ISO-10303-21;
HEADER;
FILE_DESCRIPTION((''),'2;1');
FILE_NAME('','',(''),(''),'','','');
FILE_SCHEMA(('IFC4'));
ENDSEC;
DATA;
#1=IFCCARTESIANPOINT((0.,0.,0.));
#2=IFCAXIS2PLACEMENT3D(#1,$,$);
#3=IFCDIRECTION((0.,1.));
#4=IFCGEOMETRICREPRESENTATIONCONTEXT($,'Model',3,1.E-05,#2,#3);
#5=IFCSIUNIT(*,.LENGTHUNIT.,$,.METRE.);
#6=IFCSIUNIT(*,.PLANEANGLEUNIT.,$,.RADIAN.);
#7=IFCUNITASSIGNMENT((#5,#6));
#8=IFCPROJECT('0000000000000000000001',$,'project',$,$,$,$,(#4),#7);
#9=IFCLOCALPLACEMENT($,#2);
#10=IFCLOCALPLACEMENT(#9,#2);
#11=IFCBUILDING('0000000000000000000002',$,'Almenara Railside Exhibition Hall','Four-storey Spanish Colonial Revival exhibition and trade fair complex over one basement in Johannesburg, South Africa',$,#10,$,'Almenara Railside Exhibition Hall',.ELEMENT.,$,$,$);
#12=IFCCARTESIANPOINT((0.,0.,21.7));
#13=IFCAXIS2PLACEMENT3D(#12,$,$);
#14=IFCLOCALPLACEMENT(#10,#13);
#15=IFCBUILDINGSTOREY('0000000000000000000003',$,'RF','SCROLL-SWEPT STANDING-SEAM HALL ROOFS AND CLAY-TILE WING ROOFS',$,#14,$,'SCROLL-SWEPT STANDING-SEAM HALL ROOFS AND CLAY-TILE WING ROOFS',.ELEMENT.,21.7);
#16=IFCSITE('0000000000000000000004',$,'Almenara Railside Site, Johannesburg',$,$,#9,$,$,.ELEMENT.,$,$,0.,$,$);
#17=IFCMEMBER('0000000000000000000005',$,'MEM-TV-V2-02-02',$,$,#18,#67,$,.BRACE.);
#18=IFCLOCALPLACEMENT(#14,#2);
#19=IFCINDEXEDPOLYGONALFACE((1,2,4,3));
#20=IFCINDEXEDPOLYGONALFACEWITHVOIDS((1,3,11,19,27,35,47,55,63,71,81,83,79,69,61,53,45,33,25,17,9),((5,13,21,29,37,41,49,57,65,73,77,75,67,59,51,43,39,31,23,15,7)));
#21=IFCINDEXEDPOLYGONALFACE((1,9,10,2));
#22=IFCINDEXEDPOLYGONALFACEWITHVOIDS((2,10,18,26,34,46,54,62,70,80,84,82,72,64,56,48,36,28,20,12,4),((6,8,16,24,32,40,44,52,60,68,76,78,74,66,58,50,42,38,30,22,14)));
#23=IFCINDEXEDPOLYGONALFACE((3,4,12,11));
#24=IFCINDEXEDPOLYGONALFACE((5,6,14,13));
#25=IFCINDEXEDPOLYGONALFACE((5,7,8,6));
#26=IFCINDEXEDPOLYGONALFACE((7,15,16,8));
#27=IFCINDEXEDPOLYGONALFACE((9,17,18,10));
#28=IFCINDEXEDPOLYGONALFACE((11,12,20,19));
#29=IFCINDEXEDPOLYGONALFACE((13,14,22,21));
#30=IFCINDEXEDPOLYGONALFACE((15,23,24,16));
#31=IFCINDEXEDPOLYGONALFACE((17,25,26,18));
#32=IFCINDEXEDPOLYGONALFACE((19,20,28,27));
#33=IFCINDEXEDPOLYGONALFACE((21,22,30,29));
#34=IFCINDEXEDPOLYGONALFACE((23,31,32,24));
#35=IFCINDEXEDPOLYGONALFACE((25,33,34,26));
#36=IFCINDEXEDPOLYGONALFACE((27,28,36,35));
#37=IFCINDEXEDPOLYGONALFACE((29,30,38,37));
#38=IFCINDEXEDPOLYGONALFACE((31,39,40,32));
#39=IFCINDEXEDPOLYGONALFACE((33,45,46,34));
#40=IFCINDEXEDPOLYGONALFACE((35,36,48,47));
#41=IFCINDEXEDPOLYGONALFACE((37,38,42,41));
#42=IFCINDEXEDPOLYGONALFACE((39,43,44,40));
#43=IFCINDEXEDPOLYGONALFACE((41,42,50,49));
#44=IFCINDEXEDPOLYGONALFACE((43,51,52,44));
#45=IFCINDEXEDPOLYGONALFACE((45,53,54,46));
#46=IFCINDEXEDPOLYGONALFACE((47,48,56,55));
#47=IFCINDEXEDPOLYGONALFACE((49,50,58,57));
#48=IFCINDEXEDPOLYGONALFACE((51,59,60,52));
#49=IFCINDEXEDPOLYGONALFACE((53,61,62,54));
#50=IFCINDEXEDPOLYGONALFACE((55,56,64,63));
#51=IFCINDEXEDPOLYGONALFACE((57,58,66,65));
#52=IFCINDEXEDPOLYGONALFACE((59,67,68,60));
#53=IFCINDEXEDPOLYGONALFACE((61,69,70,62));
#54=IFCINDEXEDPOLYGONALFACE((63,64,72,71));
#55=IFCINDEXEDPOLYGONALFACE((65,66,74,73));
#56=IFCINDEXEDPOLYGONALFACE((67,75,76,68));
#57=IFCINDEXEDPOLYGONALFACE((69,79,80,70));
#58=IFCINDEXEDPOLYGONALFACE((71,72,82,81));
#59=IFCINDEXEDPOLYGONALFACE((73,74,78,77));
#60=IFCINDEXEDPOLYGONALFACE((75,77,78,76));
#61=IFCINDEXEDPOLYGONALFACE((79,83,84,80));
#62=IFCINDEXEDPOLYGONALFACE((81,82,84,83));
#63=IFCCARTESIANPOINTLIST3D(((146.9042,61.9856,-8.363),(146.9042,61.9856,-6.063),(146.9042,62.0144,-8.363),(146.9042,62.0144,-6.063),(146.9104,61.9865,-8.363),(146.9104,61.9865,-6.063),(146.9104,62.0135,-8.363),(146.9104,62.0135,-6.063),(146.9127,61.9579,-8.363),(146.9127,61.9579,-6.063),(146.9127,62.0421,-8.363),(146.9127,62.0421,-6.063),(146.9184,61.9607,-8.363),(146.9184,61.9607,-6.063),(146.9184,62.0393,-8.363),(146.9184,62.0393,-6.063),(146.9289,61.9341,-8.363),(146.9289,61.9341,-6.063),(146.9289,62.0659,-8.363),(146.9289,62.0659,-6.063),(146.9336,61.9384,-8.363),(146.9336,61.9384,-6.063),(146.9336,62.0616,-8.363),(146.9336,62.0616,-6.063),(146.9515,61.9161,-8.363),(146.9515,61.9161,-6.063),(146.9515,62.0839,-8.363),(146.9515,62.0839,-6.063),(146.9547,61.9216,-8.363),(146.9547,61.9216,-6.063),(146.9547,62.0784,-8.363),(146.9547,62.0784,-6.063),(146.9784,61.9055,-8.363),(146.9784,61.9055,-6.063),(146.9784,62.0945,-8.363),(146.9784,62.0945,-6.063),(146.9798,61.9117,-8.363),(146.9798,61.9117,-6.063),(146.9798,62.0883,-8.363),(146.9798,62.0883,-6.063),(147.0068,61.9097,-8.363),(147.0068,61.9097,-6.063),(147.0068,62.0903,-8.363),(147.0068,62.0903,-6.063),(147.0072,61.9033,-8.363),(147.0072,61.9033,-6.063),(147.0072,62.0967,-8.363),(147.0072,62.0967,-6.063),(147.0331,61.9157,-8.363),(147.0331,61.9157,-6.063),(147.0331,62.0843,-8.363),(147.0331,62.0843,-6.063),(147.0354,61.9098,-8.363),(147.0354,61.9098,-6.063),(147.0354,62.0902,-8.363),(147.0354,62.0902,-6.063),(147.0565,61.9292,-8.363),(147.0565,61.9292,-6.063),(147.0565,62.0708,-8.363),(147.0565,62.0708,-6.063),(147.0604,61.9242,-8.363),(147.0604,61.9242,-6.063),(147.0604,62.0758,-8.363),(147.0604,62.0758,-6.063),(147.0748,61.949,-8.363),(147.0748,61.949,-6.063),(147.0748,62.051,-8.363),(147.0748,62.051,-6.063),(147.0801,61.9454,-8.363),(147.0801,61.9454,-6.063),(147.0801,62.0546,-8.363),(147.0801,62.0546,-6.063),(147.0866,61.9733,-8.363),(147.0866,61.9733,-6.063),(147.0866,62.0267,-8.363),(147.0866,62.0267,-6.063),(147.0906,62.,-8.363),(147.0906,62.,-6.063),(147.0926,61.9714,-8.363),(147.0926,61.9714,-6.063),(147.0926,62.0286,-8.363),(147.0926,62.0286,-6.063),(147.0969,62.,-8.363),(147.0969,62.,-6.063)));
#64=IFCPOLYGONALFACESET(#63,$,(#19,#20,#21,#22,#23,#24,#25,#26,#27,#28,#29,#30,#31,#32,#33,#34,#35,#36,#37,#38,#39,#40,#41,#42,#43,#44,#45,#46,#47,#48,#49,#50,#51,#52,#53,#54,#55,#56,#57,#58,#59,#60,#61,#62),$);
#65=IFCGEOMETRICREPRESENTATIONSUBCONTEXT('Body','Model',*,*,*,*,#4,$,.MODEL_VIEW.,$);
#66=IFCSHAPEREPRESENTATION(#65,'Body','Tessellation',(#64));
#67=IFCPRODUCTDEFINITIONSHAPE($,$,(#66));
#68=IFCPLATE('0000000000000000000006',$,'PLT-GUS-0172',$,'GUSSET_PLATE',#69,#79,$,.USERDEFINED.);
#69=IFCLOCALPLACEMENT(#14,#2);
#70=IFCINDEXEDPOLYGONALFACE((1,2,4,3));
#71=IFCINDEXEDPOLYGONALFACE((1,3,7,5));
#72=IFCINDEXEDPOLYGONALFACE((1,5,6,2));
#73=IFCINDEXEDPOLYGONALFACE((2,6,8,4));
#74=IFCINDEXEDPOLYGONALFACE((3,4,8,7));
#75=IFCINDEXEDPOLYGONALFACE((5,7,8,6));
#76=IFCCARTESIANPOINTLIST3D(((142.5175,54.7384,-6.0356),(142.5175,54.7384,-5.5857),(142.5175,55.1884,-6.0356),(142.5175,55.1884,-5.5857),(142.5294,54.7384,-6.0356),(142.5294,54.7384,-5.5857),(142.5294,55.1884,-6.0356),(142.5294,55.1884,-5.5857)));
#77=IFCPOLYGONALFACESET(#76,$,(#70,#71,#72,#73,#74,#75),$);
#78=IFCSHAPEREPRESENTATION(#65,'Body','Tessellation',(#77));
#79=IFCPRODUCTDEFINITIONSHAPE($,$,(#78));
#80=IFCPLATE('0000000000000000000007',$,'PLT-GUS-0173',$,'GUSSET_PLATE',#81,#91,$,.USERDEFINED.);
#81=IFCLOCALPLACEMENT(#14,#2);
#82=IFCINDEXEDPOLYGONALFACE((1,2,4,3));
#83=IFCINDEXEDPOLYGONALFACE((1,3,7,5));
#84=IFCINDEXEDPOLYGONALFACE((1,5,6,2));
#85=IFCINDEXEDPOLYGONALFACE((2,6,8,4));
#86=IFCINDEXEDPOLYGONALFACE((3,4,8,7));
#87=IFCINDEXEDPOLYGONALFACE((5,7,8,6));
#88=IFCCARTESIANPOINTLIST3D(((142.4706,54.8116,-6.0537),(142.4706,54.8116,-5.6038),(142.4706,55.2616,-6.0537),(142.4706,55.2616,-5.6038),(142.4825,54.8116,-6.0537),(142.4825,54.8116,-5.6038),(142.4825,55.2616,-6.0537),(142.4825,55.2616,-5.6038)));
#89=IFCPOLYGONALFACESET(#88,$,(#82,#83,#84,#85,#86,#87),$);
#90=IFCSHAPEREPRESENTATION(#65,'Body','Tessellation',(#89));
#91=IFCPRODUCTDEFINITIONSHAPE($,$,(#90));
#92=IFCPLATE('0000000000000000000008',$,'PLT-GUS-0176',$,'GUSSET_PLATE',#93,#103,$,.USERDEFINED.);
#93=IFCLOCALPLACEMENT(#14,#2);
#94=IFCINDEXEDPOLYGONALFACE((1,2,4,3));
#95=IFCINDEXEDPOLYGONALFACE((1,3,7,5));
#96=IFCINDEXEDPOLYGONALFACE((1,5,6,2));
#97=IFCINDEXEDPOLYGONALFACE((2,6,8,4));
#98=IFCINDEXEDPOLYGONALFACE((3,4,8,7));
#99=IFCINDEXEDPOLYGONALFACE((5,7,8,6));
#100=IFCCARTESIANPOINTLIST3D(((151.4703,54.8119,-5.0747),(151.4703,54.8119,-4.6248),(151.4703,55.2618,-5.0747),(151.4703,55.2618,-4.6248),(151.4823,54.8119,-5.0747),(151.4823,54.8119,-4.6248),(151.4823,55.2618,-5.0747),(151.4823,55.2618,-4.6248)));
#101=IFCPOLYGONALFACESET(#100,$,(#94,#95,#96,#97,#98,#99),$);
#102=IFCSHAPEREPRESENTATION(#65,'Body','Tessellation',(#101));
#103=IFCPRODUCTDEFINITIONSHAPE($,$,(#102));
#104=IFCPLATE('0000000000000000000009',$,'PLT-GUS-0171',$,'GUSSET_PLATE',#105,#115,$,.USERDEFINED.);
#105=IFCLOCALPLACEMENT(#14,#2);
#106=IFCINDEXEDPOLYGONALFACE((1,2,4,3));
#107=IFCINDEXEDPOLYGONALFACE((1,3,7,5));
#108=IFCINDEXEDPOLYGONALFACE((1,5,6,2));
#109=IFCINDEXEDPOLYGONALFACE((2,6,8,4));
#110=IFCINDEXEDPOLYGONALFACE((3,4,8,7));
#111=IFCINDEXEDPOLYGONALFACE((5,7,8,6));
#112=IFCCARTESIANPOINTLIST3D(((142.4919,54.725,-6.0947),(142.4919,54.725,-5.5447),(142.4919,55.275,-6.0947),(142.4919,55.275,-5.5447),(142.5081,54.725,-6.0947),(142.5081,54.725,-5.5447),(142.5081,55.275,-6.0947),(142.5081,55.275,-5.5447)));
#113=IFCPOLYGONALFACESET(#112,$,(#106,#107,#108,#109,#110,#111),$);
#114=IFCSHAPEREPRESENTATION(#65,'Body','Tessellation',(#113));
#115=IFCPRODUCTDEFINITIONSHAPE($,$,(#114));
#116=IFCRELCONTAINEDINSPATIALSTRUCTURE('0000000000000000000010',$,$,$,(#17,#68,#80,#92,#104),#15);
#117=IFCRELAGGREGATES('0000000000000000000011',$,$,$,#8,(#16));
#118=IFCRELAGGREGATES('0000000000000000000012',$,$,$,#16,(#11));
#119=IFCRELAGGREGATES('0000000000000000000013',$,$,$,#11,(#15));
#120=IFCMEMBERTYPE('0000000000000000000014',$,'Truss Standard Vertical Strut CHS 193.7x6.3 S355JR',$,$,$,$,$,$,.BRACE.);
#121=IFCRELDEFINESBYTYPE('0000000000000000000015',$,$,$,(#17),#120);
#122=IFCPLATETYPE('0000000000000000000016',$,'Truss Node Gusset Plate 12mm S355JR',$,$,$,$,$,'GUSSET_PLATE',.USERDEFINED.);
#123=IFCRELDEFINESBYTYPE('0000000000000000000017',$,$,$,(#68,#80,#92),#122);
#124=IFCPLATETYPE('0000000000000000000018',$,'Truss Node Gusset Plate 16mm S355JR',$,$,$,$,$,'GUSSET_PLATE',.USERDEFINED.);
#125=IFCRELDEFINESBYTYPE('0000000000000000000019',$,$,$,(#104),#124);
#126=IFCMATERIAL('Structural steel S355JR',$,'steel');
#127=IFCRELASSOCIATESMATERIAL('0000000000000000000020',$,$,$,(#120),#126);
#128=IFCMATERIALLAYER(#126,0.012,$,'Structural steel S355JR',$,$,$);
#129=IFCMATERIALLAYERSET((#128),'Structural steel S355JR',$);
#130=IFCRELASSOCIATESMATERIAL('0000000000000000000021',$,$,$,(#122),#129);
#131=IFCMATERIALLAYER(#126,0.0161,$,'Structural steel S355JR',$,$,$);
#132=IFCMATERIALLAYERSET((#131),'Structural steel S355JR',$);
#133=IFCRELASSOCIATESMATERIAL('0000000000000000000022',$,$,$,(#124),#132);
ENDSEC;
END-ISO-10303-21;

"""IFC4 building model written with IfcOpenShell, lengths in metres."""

from ifc_helpers import new_model, si_unit, direction, frame, origin, origin_2d, place, context, subcontext, project, spatial, rectangle, hollow_circle, extrude, material, layer, layer_set, material_profile, profile_set, type_object, element, save


model = new_model("IFC4")

# Units and contexts
model_context = context("Model", 3, precision=1e-05, world=origin(), true_north=direction((0.0, 1.0)))
body_context = subcontext(model_context, "Body", "Model", "MODEL_VIEW")
ifc_project = project(units=[si_unit("LENGTHUNIT", "METRE"), si_unit("PLANEANGLEUNIT", "RADIAN")], contexts=[model_context])

# Site, building, storey
site_placement = place(None, origin())
site = spatial("IfcSite", under=ifc_project, at=site_placement, Name="Almenara Railside Site, Johannesburg", CompositionType="ELEMENT", RefElevation=0.0)
building_placement = place(site_placement, origin())
building = spatial("IfcBuilding", under=site, at=building_placement, Name="Almenara Railside Exhibition Hall", Description="Four-storey Spanish Colonial Revival exhibition and trade fair complex over one basement in Johannesburg, South Africa", LongName="Almenara Railside Exhibition Hall", CompositionType="ELEMENT")
storey_placement = place(building_placement, frame((0.0, 0.0, 21.7)))
storey = spatial("IfcBuildingStorey", under=building, at=storey_placement, Name="RF", Description="SCROLL-SWEPT STANDING-SEAM HALL ROOFS AND CLAY-TILE WING ROOFS", LongName="SCROLL-SWEPT STANDING-SEAM HALL ROOFS AND CLAY-TILE WING ROOFS", CompositionType="ELEMENT", Elevation=21.7)

# Member
ifc_material = material(Name="Structural steel S355JR", Category="steel")
ifc_material_profile_1 = material_profile(ifc_material, hollow_circle(Radius=0.0969, WallThickness=0.0063, at=origin_2d()), Name="CHS 193.7x6.3")
ifc_profile_set_1 = profile_set([ifc_material_profile_1], Name="Structural steel S355JR")
member_type_1 = type_object("IfcMemberType", Name="Truss Standard Vertical Strut CHS 193.7x6.3 S355JR", PredefinedType="BRACE", material=ifc_profile_set_1)
for number, where, z_axis, x_axis, name in (
    (1, (147.0, 62.0, -8.363), (0.0, 0.0, 1.0), (1.0, 0.0, 0.0), "MEM-TV-V2-02-02"),
):
    element("IfcMember", number, at=place(storey_placement, frame(where, z_axis=z_axis, x_axis=x_axis)), inside=storey, type_object=member_type_1, Name=name, PredefinedType="BRACE", context=body_context, shape_type="SweptSolid", body=[
        extrude(hollow_circle(Radius=0.0969, WallThickness=0.0063, at=origin_2d()), origin(), (0.0, 0.0, 1.0), 2.3),
    ])

# Plates
ifc_layer_1 = layer(ifc_material, 0.012, Name="Structural steel S355JR")
ifc_layer_set_1 = layer_set([ifc_layer_1], Name="Structural steel S355JR")
plate_type_1 = type_object("IfcPlateType", Name="Truss Node Gusset Plate 12mm S355JR", ElementType="GUSSET_PLATE", PredefinedType="USERDEFINED", material=ifc_layer_set_1)
for number, where, z_axis, x_axis, name in (
    (2, (142.5234, 54.9634, -6.0356), (0.0, 0.0, 1.0), (0.0, 1.0, 0.0), "PLT-GUS-0172"),
    (3, (142.4766, 55.0366, -6.0537), (0.0, 0.0, 1.0), (0.0, 1.0, 0.0), "PLT-GUS-0173"),
    (4, (151.4763, 55.0369, -5.0747), (0.0, 0.0, 1.0), (0.0, 1.0, 0.0), "PLT-GUS-0176"),
):
    element("IfcPlate", number, at=place(storey_placement, frame(where, z_axis=z_axis, x_axis=x_axis)), inside=storey, type_object=plate_type_1, Name=name, ObjectType="GUSSET_PLATE", PredefinedType="USERDEFINED", context=body_context, shape_type="SweptSolid", body=[
        extrude(rectangle(XDim=0.45, YDim=0.012, at=origin_2d()), origin(), (0.0, 0.0, 1.0), 0.45),
    ])
ifc_layer_2 = layer(ifc_material, 0.0161, Name="Structural steel S355JR")
ifc_layer_set_2 = layer_set([ifc_layer_2], Name="Structural steel S355JR")
plate_type_2 = type_object("IfcPlateType", Name="Truss Node Gusset Plate 16mm S355JR", ElementType="GUSSET_PLATE", PredefinedType="USERDEFINED", material=ifc_layer_set_2)
plate_placement = place(storey_placement, frame((142.5, 55.0, -6.0947), z_axis=(0.0, 0.0, 1.0), x_axis=(0.0, 1.0, 0.0)))
element("IfcPlate", 5, at=plate_placement, inside=storey, type_object=plate_type_2, Name="PLT-GUS-0171", ObjectType="GUSSET_PLATE", PredefinedType="USERDEFINED", context=body_context, shape_type="SweptSolid", body=[
    extrude(rectangle(XDim=0.55, YDim=0.0161, at=origin_2d()), origin(), (0.0, 0.0, 1.0), 0.55),
])

save(model, "model.ifc")
